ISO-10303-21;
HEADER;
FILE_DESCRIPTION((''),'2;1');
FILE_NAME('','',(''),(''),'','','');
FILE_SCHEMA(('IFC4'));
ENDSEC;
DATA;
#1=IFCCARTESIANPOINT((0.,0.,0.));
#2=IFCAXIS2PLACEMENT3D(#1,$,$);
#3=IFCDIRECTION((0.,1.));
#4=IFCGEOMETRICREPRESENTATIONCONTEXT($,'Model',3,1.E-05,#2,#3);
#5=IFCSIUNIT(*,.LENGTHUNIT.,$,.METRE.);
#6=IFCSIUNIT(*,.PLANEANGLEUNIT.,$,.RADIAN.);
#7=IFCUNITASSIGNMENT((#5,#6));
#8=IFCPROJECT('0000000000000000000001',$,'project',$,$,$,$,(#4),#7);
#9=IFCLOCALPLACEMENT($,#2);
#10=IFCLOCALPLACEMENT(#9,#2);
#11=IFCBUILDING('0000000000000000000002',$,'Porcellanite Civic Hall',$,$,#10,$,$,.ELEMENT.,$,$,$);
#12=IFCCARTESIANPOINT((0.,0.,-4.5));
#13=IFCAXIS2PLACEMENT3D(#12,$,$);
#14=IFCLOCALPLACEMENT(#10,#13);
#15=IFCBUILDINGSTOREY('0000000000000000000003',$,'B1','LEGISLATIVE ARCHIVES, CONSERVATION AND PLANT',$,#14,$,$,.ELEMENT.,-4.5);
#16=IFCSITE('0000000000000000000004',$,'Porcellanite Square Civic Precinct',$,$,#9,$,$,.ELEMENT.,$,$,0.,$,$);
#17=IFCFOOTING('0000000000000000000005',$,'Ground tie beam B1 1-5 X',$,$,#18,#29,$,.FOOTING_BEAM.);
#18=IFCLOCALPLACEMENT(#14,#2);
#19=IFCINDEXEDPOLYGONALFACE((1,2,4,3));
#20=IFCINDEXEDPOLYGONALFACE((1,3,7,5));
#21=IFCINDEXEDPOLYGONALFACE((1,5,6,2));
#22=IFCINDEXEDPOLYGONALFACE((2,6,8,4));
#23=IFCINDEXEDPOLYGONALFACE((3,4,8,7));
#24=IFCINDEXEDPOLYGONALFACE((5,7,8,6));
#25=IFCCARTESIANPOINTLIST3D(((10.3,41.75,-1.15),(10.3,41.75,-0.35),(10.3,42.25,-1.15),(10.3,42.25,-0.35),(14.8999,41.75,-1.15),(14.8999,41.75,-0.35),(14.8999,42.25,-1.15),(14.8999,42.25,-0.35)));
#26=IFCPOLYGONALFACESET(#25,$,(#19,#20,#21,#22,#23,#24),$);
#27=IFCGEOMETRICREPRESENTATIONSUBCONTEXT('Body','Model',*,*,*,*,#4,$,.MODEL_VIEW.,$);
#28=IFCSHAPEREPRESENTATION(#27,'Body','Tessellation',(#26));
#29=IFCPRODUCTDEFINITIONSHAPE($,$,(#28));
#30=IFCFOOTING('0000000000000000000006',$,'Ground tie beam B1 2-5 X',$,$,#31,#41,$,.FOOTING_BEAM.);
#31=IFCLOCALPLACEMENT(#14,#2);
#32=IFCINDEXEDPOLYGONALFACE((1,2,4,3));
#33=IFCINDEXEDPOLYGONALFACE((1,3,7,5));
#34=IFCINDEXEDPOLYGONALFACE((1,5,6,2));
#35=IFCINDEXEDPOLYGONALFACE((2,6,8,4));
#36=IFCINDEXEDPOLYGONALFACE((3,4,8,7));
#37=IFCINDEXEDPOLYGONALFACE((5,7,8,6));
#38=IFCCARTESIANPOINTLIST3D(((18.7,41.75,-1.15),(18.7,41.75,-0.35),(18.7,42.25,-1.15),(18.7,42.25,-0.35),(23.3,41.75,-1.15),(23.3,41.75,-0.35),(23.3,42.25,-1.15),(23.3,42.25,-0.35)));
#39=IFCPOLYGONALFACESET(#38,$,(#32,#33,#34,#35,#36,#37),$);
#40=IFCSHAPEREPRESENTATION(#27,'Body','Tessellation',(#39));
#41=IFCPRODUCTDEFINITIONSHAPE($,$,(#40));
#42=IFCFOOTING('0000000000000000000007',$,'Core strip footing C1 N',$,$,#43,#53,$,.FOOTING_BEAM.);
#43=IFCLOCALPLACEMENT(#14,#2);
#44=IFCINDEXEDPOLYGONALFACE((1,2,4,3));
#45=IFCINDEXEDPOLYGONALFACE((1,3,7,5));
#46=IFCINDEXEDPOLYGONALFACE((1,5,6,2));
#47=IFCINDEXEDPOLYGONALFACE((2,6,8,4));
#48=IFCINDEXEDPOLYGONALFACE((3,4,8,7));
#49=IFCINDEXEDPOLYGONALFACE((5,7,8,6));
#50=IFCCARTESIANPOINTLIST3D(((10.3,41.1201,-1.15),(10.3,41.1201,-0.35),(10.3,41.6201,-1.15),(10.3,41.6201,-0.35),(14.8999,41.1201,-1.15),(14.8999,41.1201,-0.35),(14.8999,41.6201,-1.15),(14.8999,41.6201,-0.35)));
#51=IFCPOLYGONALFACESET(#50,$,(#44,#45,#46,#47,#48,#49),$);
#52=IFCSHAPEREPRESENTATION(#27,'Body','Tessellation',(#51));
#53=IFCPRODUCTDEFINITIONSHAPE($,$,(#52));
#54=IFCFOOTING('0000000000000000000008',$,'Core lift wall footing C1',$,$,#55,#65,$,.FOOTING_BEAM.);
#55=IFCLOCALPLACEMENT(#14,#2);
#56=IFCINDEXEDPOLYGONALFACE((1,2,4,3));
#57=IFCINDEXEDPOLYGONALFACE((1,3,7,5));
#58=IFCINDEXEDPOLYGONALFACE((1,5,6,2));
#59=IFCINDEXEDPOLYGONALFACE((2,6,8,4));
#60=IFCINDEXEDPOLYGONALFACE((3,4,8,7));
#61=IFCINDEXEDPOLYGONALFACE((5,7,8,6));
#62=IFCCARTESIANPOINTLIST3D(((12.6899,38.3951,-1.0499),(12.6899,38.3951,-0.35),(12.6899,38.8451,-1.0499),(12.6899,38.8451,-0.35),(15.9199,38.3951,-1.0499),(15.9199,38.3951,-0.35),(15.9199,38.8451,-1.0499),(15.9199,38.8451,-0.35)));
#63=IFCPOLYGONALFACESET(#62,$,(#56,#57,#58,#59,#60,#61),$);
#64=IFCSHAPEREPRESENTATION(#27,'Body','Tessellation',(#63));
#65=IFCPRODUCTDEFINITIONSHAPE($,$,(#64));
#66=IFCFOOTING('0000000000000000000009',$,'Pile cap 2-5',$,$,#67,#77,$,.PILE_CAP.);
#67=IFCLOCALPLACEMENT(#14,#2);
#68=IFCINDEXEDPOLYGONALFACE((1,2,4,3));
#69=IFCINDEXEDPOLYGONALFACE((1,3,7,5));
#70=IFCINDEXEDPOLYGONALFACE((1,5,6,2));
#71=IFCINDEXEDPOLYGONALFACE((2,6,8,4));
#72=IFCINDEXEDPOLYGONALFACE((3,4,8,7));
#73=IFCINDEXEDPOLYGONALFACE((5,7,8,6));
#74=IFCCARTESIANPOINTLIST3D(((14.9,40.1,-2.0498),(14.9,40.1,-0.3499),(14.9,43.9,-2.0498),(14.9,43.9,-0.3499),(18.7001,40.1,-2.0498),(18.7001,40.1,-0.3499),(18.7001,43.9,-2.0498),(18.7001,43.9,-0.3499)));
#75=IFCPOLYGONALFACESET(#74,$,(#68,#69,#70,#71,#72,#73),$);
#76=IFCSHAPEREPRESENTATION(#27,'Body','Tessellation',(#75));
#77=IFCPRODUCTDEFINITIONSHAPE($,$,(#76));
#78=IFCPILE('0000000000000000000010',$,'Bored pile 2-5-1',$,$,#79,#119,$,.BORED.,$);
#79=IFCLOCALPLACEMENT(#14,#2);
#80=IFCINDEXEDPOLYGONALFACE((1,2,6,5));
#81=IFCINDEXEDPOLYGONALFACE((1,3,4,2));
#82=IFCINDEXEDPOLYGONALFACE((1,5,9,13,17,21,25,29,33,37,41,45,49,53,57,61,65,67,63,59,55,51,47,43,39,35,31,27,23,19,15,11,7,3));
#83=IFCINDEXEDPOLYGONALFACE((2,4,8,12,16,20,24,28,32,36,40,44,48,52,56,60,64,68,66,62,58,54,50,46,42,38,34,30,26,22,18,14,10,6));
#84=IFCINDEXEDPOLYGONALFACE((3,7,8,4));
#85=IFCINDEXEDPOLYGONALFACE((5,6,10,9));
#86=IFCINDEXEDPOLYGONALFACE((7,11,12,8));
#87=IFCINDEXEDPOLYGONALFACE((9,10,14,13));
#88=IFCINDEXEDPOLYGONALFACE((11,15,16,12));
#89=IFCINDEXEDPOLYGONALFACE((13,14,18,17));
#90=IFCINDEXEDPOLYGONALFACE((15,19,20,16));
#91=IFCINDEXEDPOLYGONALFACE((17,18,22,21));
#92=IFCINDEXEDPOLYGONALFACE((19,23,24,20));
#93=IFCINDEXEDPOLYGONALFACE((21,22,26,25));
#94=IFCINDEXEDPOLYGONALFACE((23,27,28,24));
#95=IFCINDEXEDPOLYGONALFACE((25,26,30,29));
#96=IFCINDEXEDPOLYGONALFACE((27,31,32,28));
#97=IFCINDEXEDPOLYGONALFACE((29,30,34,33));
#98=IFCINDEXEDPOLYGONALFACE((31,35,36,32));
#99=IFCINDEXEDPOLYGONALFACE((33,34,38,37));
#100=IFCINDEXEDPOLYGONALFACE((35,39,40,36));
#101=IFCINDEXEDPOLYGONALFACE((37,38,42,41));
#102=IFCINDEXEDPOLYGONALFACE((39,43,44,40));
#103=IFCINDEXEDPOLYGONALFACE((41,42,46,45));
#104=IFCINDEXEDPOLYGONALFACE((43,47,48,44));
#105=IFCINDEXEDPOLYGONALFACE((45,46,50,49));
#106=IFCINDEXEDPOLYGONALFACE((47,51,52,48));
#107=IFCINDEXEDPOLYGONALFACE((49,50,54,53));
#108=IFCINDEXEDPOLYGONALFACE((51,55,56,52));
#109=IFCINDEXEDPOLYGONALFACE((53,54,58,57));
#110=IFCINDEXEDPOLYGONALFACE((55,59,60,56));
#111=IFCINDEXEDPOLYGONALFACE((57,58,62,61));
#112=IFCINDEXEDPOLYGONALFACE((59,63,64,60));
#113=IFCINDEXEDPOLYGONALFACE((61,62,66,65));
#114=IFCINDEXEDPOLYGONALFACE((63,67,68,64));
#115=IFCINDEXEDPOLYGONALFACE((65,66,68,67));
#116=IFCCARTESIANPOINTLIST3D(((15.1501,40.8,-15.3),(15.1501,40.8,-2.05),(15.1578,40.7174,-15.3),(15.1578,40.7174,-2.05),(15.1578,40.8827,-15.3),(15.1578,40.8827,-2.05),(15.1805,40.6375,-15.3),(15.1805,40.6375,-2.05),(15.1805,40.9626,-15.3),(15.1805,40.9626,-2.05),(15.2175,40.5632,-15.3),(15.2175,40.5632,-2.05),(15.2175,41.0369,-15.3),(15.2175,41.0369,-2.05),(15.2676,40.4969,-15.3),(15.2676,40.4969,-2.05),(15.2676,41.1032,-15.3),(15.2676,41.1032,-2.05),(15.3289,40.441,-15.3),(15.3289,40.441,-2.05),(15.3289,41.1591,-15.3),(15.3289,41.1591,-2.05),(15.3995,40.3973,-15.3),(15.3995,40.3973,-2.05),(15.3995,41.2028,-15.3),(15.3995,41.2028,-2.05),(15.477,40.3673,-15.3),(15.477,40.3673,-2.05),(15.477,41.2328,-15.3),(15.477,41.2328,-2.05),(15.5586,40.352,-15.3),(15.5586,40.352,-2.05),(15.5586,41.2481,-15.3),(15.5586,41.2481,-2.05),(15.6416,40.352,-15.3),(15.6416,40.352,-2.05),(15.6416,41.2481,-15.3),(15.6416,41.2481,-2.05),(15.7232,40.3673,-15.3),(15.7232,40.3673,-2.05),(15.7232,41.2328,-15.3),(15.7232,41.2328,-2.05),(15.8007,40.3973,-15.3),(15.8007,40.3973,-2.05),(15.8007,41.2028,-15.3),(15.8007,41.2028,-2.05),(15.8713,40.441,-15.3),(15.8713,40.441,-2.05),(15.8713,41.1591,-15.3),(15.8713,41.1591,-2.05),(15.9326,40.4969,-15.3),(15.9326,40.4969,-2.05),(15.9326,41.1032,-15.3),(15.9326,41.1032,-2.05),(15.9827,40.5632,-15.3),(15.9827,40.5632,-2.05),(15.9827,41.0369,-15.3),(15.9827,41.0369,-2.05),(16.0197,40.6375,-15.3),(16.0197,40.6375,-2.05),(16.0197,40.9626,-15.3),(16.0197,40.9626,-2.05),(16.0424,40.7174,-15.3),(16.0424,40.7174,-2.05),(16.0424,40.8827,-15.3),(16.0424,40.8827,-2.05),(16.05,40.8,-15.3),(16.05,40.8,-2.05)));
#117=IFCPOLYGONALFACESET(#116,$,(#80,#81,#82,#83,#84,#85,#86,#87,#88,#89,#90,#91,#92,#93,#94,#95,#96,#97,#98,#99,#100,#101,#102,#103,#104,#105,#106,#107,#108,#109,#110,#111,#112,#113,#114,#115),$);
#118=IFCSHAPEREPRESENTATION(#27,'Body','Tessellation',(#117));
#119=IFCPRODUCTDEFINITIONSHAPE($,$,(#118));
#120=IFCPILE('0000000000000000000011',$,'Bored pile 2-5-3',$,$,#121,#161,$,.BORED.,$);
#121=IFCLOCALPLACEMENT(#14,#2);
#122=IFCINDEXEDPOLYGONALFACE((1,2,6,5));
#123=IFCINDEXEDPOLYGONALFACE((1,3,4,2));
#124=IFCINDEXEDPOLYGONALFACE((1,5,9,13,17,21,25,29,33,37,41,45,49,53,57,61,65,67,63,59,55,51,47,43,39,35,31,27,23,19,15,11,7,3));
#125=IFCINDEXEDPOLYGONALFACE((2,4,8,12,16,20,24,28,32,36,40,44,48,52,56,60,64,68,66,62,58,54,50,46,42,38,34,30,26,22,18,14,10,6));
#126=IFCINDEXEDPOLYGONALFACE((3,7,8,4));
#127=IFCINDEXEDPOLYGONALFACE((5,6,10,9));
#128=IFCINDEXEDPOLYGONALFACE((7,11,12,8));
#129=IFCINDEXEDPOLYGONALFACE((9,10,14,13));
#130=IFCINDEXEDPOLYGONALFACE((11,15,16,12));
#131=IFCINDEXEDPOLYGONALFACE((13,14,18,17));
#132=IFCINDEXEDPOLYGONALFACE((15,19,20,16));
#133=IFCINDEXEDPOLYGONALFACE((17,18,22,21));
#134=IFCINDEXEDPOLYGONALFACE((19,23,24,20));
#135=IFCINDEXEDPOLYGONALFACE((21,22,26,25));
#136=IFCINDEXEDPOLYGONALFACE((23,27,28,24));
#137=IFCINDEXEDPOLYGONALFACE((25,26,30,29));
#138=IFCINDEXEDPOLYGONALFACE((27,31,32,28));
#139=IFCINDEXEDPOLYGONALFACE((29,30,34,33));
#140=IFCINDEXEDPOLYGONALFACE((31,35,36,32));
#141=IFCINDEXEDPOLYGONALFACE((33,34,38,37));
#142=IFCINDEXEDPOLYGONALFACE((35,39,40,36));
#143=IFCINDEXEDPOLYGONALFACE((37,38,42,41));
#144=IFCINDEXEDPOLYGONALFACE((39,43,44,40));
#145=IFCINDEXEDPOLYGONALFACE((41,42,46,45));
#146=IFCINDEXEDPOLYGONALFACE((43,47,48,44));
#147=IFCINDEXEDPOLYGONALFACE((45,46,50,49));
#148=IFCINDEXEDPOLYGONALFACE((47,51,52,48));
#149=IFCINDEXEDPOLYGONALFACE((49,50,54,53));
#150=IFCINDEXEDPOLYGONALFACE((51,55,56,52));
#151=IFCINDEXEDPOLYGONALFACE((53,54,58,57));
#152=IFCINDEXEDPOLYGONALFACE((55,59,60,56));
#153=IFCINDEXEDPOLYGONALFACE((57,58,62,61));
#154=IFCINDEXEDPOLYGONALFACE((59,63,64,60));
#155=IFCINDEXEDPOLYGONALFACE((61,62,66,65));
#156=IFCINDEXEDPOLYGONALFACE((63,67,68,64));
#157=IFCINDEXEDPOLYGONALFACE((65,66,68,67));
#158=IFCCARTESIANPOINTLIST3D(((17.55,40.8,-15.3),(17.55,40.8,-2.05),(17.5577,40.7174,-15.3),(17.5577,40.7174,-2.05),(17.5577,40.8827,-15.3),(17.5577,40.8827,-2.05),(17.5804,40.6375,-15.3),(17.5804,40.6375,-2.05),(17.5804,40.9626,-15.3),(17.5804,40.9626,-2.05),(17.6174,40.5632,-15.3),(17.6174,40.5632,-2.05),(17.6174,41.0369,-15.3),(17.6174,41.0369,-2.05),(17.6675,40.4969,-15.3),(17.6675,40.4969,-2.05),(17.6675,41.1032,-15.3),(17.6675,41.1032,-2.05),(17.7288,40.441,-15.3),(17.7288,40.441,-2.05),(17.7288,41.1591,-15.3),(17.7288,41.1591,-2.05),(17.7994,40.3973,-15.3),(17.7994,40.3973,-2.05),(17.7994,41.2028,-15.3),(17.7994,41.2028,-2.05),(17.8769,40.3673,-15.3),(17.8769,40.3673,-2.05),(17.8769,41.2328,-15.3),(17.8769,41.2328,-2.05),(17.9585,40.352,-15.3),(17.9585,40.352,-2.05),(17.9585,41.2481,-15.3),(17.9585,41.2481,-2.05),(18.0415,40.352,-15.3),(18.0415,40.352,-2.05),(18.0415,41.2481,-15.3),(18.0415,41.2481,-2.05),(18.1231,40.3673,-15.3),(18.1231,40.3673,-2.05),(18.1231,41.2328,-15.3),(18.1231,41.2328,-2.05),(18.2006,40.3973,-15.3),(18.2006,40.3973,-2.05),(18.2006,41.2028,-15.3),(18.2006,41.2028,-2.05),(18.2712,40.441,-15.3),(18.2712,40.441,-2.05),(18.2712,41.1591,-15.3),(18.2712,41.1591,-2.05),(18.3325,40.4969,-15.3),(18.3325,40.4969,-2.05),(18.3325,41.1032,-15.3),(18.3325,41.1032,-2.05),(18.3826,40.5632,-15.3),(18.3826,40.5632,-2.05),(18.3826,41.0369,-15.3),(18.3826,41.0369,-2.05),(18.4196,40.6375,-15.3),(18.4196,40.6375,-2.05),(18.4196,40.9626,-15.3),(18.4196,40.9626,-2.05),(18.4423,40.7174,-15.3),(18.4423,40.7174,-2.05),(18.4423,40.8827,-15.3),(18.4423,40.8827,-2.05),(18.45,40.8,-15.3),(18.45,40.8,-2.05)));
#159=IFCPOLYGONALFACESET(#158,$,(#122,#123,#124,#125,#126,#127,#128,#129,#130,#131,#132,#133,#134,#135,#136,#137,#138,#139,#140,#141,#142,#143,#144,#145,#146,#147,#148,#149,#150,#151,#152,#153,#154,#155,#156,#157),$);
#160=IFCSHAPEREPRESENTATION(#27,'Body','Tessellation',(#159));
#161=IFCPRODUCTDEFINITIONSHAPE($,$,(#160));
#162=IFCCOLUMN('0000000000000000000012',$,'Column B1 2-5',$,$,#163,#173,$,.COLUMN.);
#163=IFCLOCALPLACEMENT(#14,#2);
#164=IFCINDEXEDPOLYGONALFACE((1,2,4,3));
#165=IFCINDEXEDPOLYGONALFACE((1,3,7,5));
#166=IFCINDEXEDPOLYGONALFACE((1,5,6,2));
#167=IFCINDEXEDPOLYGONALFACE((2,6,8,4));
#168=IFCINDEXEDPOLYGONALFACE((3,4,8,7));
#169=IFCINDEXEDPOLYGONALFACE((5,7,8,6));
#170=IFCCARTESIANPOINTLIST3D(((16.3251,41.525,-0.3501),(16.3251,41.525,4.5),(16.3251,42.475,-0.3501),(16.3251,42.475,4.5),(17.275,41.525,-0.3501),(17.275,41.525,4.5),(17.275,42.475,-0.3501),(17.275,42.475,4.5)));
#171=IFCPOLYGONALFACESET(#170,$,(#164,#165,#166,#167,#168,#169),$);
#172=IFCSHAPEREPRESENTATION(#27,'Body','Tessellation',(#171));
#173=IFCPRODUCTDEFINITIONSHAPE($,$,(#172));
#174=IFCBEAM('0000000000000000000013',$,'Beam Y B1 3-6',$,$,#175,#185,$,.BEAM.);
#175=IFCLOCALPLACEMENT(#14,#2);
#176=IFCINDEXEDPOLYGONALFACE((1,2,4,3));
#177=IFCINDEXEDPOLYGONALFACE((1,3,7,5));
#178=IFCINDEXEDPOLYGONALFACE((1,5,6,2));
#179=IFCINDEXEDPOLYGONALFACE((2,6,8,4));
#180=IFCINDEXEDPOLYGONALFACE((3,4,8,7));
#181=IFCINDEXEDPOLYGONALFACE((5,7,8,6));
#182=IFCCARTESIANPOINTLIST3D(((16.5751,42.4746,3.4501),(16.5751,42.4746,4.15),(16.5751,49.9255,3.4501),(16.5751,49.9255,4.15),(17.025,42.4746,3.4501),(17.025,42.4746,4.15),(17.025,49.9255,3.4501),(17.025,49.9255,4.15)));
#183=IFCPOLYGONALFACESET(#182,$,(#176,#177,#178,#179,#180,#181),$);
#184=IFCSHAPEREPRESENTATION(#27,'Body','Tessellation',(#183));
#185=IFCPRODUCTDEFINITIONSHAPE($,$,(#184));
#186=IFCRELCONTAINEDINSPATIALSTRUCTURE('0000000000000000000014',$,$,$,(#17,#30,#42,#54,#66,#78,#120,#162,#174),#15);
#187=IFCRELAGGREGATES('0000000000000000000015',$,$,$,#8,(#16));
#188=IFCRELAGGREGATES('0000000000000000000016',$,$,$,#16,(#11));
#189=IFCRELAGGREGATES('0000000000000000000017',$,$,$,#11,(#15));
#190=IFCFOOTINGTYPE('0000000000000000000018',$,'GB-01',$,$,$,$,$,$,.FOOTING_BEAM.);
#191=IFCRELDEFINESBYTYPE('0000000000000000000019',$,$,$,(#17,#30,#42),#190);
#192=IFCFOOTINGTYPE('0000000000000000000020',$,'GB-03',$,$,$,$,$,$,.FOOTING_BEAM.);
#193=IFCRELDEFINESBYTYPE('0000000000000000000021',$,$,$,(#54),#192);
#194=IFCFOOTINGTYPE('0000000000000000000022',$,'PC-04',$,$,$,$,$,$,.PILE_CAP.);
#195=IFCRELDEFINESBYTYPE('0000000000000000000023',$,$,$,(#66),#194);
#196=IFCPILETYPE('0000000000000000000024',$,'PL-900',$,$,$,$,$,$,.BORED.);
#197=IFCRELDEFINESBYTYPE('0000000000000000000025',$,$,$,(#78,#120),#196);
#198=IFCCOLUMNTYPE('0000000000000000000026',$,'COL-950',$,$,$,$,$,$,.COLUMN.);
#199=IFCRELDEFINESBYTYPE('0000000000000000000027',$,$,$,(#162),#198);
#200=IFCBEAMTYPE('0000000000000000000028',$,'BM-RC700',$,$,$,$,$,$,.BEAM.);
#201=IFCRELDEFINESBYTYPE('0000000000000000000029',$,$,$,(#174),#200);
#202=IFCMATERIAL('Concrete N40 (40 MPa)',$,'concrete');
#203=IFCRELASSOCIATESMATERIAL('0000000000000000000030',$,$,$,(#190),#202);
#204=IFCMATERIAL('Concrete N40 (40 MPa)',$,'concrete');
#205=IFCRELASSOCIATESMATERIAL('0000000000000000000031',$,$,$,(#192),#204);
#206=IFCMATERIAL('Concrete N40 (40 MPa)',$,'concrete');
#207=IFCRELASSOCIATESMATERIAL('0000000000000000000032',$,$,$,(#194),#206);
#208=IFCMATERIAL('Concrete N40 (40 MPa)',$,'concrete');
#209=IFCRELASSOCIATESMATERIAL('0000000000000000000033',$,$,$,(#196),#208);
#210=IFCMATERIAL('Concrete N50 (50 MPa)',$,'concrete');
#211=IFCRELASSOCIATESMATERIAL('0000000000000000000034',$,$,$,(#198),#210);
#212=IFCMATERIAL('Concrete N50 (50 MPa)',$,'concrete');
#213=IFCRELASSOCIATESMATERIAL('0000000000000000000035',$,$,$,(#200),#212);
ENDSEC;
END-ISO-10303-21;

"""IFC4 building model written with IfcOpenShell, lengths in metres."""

from ifc_helpers import new_model, si_unit, direction, frame, origin, origin_2d, place, context, subcontext, project, spatial, rectangle, circle, extrude, material, material_profile, profile_set, type_object, element, save


model = new_model("IFC4")

# Units and contexts
model_context = context("Model", 3, precision=1e-05, world=origin(), true_north=direction((0.0, 1.0)))
body_context = subcontext(model_context, "Body", "Model", "MODEL_VIEW")
ifc_project = project(units=[si_unit("LENGTHUNIT", "METRE"), si_unit("PLANEANGLEUNIT", "RADIAN")], contexts=[model_context])

# Site, building, storey
site_placement = place(None, origin())
site = spatial("IfcSite", under=ifc_project, at=site_placement, Name="Porcellanite Square Civic Precinct", CompositionType="ELEMENT", RefElevation=0.0)
building_placement = place(site_placement, origin())
building = spatial("IfcBuilding", under=site, at=building_placement, Name="Porcellanite Civic Hall", CompositionType="ELEMENT")
storey_placement = place(building_placement, frame((0.0, 0.0, -4.5)))
storey = spatial("IfcBuildingStorey", under=building, at=storey_placement, Name="B1", Description="LEGISLATIVE ARCHIVES, CONSERVATION AND PLANT", CompositionType="ELEMENT", Elevation=-4.5)

# Footings
ifc_material_1 = material(Name="Concrete N40 (40 MPa)", Category="concrete")
ifc_material_profile_1 = material_profile(ifc_material_1, rectangle(XDim=0.5, YDim=0.8, at=origin_2d()), Name="RC-500x800")
ifc_profile_set_1 = profile_set([ifc_material_profile_1], Name="Concrete N40 (40 MPa)")
footing_type_1 = type_object("IfcFootingType", Name="GB-01", PredefinedType="FOOTING_BEAM", material=ifc_profile_set_1)
footing_1_placement = place(storey_placement, frame((10.3, 42.0, -0.75), z_axis=(1.0, 0.0, 0.0), x_axis=(0.0, 1.0, 0.0)))
element("IfcFooting", 1, at=footing_1_placement, inside=storey, type_object=footing_type_1, Name="Ground tie beam B1 1-5 X", PredefinedType="FOOTING_BEAM", context=body_context, shape_type="SweptSolid", body=[
    extrude(rectangle(XDim=0.5, YDim=0.8, at=origin_2d()), origin(), (0.0, 0.0, 1.0), 4.5999),
])
footing_2_placement = place(storey_placement, frame((18.7, 42.0, -0.75), z_axis=(1.0, 0.0, 0.0), x_axis=(0.0, 1.0, 0.0)))
element("IfcFooting", 2, at=footing_2_placement, inside=storey, type_object=footing_type_1, Name="Ground tie beam B1 2-5 X", PredefinedType="FOOTING_BEAM", context=body_context, shape_type="SweptSolid", body=[
    extrude(rectangle(XDim=0.5, YDim=0.8, at=origin_2d()), origin(), (0.0, 0.0, 1.0), 4.6001),
])
footing_3_placement = place(storey_placement, frame((10.3, 41.3701, -0.75), z_axis=(1.0, 0.0, 0.0), x_axis=(0.0, 1.0, 0.0)))
element("IfcFooting", 3, at=footing_3_placement, inside=storey, type_object=footing_type_1, Name="Core strip footing C1 N", PredefinedType="FOOTING_BEAM", context=body_context, shape_type="SweptSolid", body=[
    extrude(rectangle(XDim=0.5, YDim=0.8, at=origin_2d()), origin(), (0.0, 0.0, 1.0), 4.5999),
])
ifc_material_2 = material(Name="Concrete N40 (40 MPa)", Category="concrete")
ifc_material_profile_2 = material_profile(ifc_material_2, rectangle(XDim=0.45, YDim=0.7, at=origin_2d()), Name="RC-450x700")
ifc_profile_set_2 = profile_set([ifc_material_profile_2], Name="Concrete N40 (40 MPa)")
footing_type_2 = type_object("IfcFootingType", Name="GB-03", PredefinedType="FOOTING_BEAM", material=ifc_profile_set_2)
footing_4_placement = place(storey_placement, frame((12.6899, 38.6201, -0.7), z_axis=(1.0, 0.0, 0.0), x_axis=(0.0, 1.0, 0.0)))
element("IfcFooting", 4, at=footing_4_placement, inside=storey, type_object=footing_type_2, Name="Core lift wall footing C1", PredefinedType="FOOTING_BEAM", context=body_context, shape_type="SweptSolid", body=[
    extrude(rectangle(XDim=0.45, YDim=0.7, at=origin_2d()), origin(), (0.0, 0.0, 1.0), 3.23),
])
ifc_material_3 = material(Name="Concrete N40 (40 MPa)", Category="concrete")
footing_type_3 = type_object("IfcFootingType", Name="PC-04", PredefinedType="PILE_CAP", material=ifc_material_3)
footing_5_placement = place(storey_placement, frame((16.8, 42.0, -2.0498), z_axis=(0.0, 0.0, 1.0), x_axis=(1.0, 0.0, 0.0)))
element("IfcFooting", 5, at=footing_5_placement, inside=storey, type_object=footing_type_3, Name="Pile cap 2-5", PredefinedType="PILE_CAP", context=body_context, shape_type="SweptSolid", body=[
    extrude(rectangle(XDim=3.8, YDim=3.8, at=origin_2d()), origin(), (0.0, 0.0, 1.0), 1.7),
])

# Piles
ifc_material_4 = material(Name="Concrete N40 (40 MPa)", Category="concrete")
ifc_material_profile_3 = material_profile(ifc_material_4, circle(Radius=0.45, at=origin_2d()), Name="PILE-D900")
ifc_profile_set_3 = profile_set([ifc_material_profile_3], Name="Concrete N40 (40 MPa)")
pile_type = type_object("IfcPileType", Name="PL-900", PredefinedType="BORED", material=ifc_profile_set_3)
for number, where, z_axis, x_axis, name in (
    (6, (15.6001, 40.8, -2.05), (0.0, 0.0, -1.0), (1.0, 0.0, 0.0), "Bored pile 2-5-1"),
    (7, (18.0, 40.8, -2.05), (0.0, 0.0, -1.0), (1.0, 0.0, 0.0), "Bored pile 2-5-3"),
):
    element("IfcPile", number, at=place(storey_placement, frame(where, z_axis=z_axis, x_axis=x_axis)), inside=storey, type_object=pile_type, Name=name, PredefinedType="BORED", context=body_context, shape_type="SweptSolid", body=[
        extrude(circle(Radius=0.45, at=origin_2d()), origin(), (0.0, 0.0, 1.0), 13.25),
    ])

# Column
ifc_material_5 = material(Name="Concrete N50 (50 MPa)", Category="concrete")
ifc_material_profile_4 = material_profile(ifc_material_5, rectangle(XDim=0.95, YDim=0.95, at=origin_2d()), Name="RC-950x950")
ifc_profile_set_4 = profile_set([ifc_material_profile_4], Name="Concrete N50 (50 MPa)")
column_type = type_object("IfcColumnType", Name="COL-950", PredefinedType="COLUMN", material=ifc_profile_set_4)
column_placement = place(storey_placement, frame((16.8, 42.0, -0.3501), z_axis=(0.0, 0.0, 1.0), x_axis=(1.0, 0.0, 0.0)))
element("IfcColumn", 8, at=column_placement, inside=storey, type_object=column_type, Name="Column B1 2-5", PredefinedType="COLUMN", context=body_context, shape_type="SweptSolid", body=[
    extrude(rectangle(XDim=0.95, YDim=0.95, at=origin_2d()), origin(), (0.0, 0.0, 1.0), 4.8501),
])

# Beam
ifc_material_6 = material(Name="Concrete N50 (50 MPa)", Category="concrete")
ifc_material_profile_5 = material_profile(ifc_material_6, rectangle(XDim=0.45, YDim=0.7, at=origin_2d()), Name="RC-450x700")
ifc_profile_set_5 = profile_set([ifc_material_profile_5], Name="Concrete N50 (50 MPa)")
beam_type_1 = type_object("IfcBeamType", Name="BM-RC700", PredefinedType="BEAM", material=ifc_profile_set_5)
beam_1_placement = place(storey_placement, frame((16.8, 42.4746, 3.8), z_axis=(0.0, 1.0, 0.0), x_axis=(-1.0, 0.0, 0.0)))
element("IfcBeam", 9, at=beam_1_placement, inside=storey, type_object=beam_type_1, Name="Beam Y B1 3-6", PredefinedType="BEAM", context=body_context, shape_type="SweptSolid", body=[
    extrude(rectangle(XDim=0.45, YDim=0.7, at=origin_2d()), origin(), (0.0, 0.0, 1.0), 7.4509),
])

save(model, "model.ifc")
